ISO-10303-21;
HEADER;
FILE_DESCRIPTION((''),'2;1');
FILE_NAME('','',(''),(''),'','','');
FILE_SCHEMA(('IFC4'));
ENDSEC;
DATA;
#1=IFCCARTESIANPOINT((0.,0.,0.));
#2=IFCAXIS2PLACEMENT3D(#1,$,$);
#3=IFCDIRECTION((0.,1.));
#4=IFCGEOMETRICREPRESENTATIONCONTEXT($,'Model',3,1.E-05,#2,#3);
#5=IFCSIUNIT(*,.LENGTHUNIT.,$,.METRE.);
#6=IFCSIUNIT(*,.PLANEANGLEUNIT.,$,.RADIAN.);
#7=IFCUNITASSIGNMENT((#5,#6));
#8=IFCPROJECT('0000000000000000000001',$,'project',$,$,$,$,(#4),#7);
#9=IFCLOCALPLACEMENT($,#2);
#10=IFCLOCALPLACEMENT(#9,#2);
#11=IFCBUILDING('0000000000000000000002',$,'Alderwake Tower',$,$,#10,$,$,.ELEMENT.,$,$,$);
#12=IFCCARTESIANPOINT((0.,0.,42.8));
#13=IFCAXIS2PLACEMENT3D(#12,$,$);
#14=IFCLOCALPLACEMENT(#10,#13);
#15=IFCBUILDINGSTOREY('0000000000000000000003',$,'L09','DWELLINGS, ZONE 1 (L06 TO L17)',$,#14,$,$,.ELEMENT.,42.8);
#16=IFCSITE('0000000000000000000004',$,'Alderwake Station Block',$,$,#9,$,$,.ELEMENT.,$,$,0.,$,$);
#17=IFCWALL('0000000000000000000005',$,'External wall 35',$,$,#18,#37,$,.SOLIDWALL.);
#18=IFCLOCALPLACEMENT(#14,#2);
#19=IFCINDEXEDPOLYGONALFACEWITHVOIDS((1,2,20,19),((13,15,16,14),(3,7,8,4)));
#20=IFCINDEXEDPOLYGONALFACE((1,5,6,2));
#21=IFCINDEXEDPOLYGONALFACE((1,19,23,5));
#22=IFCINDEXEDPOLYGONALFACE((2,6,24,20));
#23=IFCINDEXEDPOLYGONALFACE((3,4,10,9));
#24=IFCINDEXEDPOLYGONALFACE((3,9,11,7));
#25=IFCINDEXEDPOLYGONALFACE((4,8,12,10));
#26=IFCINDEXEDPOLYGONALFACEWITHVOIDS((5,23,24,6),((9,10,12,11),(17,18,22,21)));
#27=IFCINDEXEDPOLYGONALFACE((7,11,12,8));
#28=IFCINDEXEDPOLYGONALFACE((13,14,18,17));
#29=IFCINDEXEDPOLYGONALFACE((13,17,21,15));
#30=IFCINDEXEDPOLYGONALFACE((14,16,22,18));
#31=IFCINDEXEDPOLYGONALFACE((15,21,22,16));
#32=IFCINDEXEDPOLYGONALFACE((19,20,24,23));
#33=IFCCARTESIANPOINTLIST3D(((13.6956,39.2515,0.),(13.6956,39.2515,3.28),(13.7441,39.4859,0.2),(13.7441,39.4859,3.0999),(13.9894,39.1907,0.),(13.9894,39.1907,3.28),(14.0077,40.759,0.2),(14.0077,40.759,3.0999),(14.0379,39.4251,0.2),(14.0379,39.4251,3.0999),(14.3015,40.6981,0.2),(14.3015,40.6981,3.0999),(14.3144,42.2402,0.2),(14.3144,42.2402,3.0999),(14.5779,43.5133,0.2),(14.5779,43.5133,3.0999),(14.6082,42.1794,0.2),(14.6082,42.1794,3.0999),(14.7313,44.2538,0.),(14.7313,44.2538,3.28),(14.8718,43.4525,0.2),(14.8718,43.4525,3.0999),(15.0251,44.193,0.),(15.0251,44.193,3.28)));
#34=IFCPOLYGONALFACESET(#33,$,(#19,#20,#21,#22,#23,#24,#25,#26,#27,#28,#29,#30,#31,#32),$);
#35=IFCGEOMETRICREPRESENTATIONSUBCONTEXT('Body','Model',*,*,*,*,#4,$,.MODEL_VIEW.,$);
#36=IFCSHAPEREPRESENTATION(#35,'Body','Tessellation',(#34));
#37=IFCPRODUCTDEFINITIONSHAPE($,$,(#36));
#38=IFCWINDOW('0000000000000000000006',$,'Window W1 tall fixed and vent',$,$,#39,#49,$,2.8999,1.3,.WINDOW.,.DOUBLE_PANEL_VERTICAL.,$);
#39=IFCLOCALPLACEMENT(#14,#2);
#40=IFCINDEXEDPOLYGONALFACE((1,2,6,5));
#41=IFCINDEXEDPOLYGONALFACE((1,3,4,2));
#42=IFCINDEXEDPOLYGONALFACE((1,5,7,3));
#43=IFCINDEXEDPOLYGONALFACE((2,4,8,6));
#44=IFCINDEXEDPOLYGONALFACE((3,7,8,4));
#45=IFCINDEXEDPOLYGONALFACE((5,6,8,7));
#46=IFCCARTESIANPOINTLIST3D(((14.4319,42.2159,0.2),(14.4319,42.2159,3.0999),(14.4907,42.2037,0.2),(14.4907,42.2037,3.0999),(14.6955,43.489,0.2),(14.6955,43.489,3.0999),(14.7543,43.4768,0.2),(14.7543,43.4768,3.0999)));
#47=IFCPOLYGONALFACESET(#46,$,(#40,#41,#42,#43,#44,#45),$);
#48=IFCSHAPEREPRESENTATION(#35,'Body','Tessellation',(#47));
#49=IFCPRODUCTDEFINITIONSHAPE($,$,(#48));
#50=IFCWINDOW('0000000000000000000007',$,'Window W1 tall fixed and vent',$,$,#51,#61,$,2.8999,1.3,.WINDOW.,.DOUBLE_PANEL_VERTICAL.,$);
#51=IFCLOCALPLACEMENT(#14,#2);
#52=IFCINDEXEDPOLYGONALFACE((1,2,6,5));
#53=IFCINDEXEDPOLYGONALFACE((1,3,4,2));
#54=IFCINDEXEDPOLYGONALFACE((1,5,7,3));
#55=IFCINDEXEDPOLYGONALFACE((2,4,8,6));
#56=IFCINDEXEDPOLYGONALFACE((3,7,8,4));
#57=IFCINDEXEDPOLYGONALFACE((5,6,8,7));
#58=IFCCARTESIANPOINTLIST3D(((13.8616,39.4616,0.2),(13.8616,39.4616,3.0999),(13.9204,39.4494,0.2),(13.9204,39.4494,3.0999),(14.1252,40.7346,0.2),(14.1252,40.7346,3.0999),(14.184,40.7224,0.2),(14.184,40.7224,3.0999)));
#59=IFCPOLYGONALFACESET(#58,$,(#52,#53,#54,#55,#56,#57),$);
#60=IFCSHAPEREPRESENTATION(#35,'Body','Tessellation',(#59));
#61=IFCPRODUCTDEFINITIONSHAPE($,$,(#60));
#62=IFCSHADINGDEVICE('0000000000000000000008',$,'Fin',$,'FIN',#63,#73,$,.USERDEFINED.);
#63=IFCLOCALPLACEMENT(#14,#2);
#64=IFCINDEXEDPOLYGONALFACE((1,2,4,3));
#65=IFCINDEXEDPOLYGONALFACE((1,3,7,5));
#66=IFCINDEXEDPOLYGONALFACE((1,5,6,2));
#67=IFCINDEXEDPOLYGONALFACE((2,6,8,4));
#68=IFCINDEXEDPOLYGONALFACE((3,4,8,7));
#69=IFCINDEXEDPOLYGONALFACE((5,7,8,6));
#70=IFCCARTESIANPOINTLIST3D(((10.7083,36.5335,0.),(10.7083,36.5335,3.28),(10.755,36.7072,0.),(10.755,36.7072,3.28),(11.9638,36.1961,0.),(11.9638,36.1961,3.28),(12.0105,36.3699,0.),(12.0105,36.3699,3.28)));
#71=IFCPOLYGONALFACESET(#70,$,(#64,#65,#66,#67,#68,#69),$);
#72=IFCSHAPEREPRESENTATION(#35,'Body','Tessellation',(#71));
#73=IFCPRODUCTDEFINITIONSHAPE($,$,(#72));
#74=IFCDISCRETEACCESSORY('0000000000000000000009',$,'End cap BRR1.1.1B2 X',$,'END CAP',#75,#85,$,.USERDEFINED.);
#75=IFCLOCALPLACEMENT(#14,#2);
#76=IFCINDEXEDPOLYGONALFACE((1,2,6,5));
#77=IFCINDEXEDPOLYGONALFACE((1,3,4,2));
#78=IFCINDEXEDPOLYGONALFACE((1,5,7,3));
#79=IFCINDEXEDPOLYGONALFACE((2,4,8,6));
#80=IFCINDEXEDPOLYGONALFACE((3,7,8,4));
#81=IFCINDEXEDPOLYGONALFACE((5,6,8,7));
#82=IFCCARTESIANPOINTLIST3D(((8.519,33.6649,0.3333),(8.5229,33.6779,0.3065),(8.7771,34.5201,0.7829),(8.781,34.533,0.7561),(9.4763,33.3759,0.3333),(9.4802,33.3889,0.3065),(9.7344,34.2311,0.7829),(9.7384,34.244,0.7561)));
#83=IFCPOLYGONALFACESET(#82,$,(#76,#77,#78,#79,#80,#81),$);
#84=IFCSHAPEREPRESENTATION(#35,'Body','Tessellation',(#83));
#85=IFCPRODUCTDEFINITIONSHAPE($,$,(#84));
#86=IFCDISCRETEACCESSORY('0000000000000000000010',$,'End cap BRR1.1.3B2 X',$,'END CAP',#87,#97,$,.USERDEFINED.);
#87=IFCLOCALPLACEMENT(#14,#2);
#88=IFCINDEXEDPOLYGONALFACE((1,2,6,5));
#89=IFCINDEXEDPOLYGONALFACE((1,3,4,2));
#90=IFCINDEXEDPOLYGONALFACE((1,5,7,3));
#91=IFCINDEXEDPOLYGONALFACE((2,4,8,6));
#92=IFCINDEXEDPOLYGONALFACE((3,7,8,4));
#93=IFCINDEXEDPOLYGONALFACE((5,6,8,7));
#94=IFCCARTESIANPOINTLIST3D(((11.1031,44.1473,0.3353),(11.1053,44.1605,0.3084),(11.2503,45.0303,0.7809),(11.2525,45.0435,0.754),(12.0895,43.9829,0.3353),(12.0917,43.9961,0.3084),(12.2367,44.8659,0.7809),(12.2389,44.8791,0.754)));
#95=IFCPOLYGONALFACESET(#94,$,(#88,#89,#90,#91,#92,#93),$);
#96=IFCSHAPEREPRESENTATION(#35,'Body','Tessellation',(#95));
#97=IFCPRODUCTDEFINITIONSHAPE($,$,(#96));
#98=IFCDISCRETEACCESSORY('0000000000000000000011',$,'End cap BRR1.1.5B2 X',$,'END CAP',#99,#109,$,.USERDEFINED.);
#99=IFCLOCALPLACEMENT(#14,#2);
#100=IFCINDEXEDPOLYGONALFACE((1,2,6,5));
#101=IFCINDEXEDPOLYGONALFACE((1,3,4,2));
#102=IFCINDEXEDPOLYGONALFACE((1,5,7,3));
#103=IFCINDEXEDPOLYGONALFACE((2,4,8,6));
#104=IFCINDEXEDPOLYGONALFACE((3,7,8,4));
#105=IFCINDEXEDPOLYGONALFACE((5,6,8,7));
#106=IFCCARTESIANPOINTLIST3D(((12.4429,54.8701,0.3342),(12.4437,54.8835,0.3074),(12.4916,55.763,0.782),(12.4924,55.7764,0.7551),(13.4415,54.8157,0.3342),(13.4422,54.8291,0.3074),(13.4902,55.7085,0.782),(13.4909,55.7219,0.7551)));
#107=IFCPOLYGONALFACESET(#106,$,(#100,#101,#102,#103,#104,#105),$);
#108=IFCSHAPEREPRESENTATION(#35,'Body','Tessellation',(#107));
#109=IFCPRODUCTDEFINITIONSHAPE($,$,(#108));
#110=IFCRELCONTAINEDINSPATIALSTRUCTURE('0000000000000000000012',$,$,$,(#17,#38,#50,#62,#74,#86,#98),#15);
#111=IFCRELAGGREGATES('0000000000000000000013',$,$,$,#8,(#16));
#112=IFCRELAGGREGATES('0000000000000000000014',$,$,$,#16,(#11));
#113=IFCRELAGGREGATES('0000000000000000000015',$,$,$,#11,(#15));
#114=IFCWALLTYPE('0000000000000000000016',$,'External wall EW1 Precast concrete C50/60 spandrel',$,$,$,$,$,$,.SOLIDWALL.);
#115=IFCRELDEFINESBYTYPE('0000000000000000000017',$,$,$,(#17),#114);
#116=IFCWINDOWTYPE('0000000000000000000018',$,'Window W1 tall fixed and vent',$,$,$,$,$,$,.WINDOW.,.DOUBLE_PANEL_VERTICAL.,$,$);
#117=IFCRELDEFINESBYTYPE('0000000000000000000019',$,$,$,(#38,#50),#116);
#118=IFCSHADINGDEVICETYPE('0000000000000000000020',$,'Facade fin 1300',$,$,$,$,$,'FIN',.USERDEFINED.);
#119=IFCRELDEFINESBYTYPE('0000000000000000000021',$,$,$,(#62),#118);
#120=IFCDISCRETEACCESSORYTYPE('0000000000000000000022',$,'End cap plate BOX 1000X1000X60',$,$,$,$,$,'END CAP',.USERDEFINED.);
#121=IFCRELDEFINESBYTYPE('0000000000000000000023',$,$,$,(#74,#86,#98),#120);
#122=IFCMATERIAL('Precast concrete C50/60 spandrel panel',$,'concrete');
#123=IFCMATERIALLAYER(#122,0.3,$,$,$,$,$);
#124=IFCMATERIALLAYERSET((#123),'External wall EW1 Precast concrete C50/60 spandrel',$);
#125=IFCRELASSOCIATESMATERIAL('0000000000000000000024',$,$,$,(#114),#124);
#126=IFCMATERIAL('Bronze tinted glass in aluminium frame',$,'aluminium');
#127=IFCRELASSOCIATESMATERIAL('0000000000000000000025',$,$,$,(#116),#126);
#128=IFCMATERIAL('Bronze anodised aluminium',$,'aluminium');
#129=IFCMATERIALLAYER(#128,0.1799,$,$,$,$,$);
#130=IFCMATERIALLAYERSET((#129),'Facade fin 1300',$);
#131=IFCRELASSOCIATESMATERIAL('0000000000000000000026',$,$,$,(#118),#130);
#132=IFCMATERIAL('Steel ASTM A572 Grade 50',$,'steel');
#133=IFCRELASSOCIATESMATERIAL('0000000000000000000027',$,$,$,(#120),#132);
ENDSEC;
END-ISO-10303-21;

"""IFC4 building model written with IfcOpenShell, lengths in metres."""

from ifc_helpers import new_model, si_unit, direction, frame, frame_2d, origin, origin_2d, place, context, subcontext, project, spatial, rectangle, extrude, material, layer, layer_set, material_profile, profile_set, type_object, element, fill, save


model = new_model("IFC4")

# Units and contexts
model_context = context("Model", 3, precision=1e-05, world=origin(), true_north=direction((0.0, 1.0)))
body_context = subcontext(model_context, "Body", "Model", "MODEL_VIEW")
ifc_project = project(units=[si_unit("LENGTHUNIT", "METRE"), si_unit("PLANEANGLEUNIT", "RADIAN")], contexts=[model_context])

# Site, building, storey
site_placement = place(None, origin())
site = spatial("IfcSite", under=ifc_project, at=site_placement, Name="Alderwake Station Block", CompositionType="ELEMENT", RefElevation=0.0)
building_placement = place(site_placement, origin())
building = spatial("IfcBuilding", under=site, at=building_placement, Name="Alderwake Tower", CompositionType="ELEMENT")
storey_placement = place(building_placement, frame((0.0, 0.0, 42.8)))
storey = spatial("IfcBuildingStorey", under=building, at=storey_placement, Name="L09", Description="DWELLINGS, ZONE 1 (L06 TO L17)", CompositionType="ELEMENT", Elevation=42.8)

# Wall, openings, windows
ifc_material_1 = material(Name="Precast concrete C50/60 spandrel panel", Category="concrete")
ifc_layer_1 = layer(ifc_material_1, 0.3)
ifc_layer_set_1 = layer_set([ifc_layer_1], Name="External wall EW1 Precast concrete C50/60 spandrel")
wall_type_1 = type_object("IfcWallType", Name="External wall EW1 Precast concrete C50/60 spandrel", PredefinedType="SOLIDWALL", material=ifc_layer_set_1)
wall_1_placement = place(storey_placement, frame((14.8782, 44.2234, 0.0), z_axis=(0.0, 0.0, 1.0), x_axis=(-0.202738, -0.979233, 0.0)))
wall_1 = element("IfcWall", 1, at=wall_1_placement, inside=storey, type_object=wall_type_1, Name="External wall 35", PredefinedType="SOLIDWALL", context=body_context, shape_type="SweptSolid", body=[
    extrude(rectangle(XDim=5.1084, YDim=0.3, at=frame_2d((2.5542, 0.0))), origin(), (0.0, 0.0, 1.0), 3.28),
])
opening_1_placement = place(wall_1_placement, frame((0.7563, 0.0, 0.2)))
opening_1 = element("IfcOpeningElement", 2, at=opening_1_placement, cuts=wall_1, PredefinedType="OPENING", context=body_context, shape_type="SweptSolid", body=[
    extrude(rectangle(XDim=1.3, YDim=2.8999, at=frame_2d((0.6499, 1.45))), frame((0.0, 0.1599, 0.0), z_axis=(0.0, -1.0, 0.0), x_axis=(1.0, 0.0, 0.0)), (0.0, 0.0, 1.0), 0.3201),
])
opening_2_placement = place(wall_1_placement, frame((3.5691, 0.0, 0.2)))
opening_2 = element("IfcOpeningElement", 3, at=opening_2_placement, cuts=wall_1, PredefinedType="OPENING", context=body_context, shape_type="SweptSolid", body=[
    extrude(rectangle(XDim=1.3, YDim=2.8999, at=frame_2d((0.6499, 1.45))), frame((0.0, 0.1599, 0.0), z_axis=(0.0, -1.0, 0.0), x_axis=(1.0, 0.0, 0.0)), (0.0, 0.0, 1.0), 0.3201),
])
ifc_material_2 = material(Name="Bronze tinted glass in aluminium frame", Category="aluminium")
window_type = type_object("IfcWindowType", Name="Window W1 tall fixed and vent", PartitioningType="DOUBLE_PANEL_VERTICAL", PredefinedType="WINDOW", material=ifc_material_2)
window_1_placement = place(opening_1_placement, origin())
window_1 = element("IfcWindow", 4, at=window_1_placement, inside=storey, type_object=window_type, Name="Window W1 tall fixed and vent", OverallHeight=2.8999, OverallWidth=1.3, PartitioningType="DOUBLE_PANEL_VERTICAL", PredefinedType="WINDOW", context=body_context, shape_type="SweptSolid", body=[
    extrude(rectangle(XDim=1.3, YDim=2.8999, at=frame_2d((0.6499, 1.45))), frame((0.0, 0.03, 0.0), z_axis=(0.0, -1.0, 0.0), x_axis=(1.0, 0.0, 0.0)), (0.0, 0.0, 1.0), 0.0601),
])
fill(opening_1, window_1)
window_2_placement = place(opening_2_placement, origin())
window_2 = element("IfcWindow", 5, at=window_2_placement, inside=storey, type_object=window_type, Name="Window W1 tall fixed and vent", OverallHeight=2.8999, OverallWidth=1.3, PartitioningType="DOUBLE_PANEL_VERTICAL", PredefinedType="WINDOW", context=body_context, shape_type="SweptSolid", body=[
    extrude(rectangle(XDim=1.3, YDim=2.8999, at=frame_2d((0.6499, 1.45))), frame((0.0, 0.03, 0.0), z_axis=(0.0, -1.0, 0.0), x_axis=(1.0, 0.0, 0.0)), (0.0, 0.0, 1.0), 0.0601),
])
fill(opening_2, window_2)

# Shading device
ifc_material_3 = material(Name="Bronze anodised aluminium", Category="aluminium")
ifc_layer_2 = layer(ifc_material_3, 0.1799)
ifc_layer_set_2 = layer_set([ifc_layer_2], Name="Facade fin 1300")
shading_device_type = type_object("IfcShadingDeviceType", Name="Facade fin 1300", ElementType="FIN", PredefinedType="USERDEFINED", material=ifc_layer_set_2)
shading_device_placement = place(storey_placement, frame((11.3594, 36.4517, 0.0), z_axis=(0.0, 0.0, 1.0), x_axis=(0.965744, -0.259495, 0.0)))
element("IfcShadingDevice", 6, at=shading_device_placement, inside=storey, type_object=shading_device_type, Name="Fin", ObjectType="FIN", PredefinedType="USERDEFINED", context=body_context, shape_type="SweptSolid", body=[
    extrude(rectangle(XDim=1.3, YDim=0.1799, at=origin_2d()), origin(), (0.0, 0.0, 1.0), 3.28),
])

# Discrete accessories
ifc_material_4 = material(Name="Steel ASTM A572 Grade 50", Category="steel")
ifc_material_profile_1 = material_profile(ifc_material_4, rectangle(XDim=1.0, YDim=1.0, at=origin_2d()), Name="BOX 1000X1000X60 cap")
ifc_profile_set_1 = profile_set([ifc_material_profile_1], Name="Steel ASTM A572 Grade 50")
discrete_accessory_type = type_object("IfcDiscreteAccessoryType", Name="End cap plate BOX 1000X1000X60", ElementType="END CAP", PredefinedType="USERDEFINED", material=ifc_profile_set_1)
for number, where, z_axis, x_axis, name in (
    (7, (9.1267, 33.948, 0.5581), (0.129927, 0.430383, -0.893247), (-0.957328, 0.289005, 0.0), "End cap BRR1.1.1B2 X"),
    (8, (11.6699, 44.5066, 0.5581), (0.073248, 0.439489, -0.895256), (-0.986394, 0.164399, 0.0), "End cap BRR1.1.3B2 X"),
    (9, (12.9666, 55.2893, 0.5581), (0.024386, 0.447081, -0.894161), (-0.998516, 0.054464, 0.0), "End cap BRR1.1.5B2 X"),
):
    element("IfcDiscreteAccessory", number, at=place(storey_placement, frame(where, z_axis=z_axis, x_axis=x_axis)), inside=storey, type_object=discrete_accessory_type, Name=name, ObjectType="END CAP", PredefinedType="USERDEFINED", context=body_context, shape_type="SweptSolid", body=[
        extrude(rectangle(XDim=1.0, YDim=1.0, at=origin_2d()), origin(), (0.0, 0.0, 1.0), 0.03),
    ])

save(model, "model.ifc")
